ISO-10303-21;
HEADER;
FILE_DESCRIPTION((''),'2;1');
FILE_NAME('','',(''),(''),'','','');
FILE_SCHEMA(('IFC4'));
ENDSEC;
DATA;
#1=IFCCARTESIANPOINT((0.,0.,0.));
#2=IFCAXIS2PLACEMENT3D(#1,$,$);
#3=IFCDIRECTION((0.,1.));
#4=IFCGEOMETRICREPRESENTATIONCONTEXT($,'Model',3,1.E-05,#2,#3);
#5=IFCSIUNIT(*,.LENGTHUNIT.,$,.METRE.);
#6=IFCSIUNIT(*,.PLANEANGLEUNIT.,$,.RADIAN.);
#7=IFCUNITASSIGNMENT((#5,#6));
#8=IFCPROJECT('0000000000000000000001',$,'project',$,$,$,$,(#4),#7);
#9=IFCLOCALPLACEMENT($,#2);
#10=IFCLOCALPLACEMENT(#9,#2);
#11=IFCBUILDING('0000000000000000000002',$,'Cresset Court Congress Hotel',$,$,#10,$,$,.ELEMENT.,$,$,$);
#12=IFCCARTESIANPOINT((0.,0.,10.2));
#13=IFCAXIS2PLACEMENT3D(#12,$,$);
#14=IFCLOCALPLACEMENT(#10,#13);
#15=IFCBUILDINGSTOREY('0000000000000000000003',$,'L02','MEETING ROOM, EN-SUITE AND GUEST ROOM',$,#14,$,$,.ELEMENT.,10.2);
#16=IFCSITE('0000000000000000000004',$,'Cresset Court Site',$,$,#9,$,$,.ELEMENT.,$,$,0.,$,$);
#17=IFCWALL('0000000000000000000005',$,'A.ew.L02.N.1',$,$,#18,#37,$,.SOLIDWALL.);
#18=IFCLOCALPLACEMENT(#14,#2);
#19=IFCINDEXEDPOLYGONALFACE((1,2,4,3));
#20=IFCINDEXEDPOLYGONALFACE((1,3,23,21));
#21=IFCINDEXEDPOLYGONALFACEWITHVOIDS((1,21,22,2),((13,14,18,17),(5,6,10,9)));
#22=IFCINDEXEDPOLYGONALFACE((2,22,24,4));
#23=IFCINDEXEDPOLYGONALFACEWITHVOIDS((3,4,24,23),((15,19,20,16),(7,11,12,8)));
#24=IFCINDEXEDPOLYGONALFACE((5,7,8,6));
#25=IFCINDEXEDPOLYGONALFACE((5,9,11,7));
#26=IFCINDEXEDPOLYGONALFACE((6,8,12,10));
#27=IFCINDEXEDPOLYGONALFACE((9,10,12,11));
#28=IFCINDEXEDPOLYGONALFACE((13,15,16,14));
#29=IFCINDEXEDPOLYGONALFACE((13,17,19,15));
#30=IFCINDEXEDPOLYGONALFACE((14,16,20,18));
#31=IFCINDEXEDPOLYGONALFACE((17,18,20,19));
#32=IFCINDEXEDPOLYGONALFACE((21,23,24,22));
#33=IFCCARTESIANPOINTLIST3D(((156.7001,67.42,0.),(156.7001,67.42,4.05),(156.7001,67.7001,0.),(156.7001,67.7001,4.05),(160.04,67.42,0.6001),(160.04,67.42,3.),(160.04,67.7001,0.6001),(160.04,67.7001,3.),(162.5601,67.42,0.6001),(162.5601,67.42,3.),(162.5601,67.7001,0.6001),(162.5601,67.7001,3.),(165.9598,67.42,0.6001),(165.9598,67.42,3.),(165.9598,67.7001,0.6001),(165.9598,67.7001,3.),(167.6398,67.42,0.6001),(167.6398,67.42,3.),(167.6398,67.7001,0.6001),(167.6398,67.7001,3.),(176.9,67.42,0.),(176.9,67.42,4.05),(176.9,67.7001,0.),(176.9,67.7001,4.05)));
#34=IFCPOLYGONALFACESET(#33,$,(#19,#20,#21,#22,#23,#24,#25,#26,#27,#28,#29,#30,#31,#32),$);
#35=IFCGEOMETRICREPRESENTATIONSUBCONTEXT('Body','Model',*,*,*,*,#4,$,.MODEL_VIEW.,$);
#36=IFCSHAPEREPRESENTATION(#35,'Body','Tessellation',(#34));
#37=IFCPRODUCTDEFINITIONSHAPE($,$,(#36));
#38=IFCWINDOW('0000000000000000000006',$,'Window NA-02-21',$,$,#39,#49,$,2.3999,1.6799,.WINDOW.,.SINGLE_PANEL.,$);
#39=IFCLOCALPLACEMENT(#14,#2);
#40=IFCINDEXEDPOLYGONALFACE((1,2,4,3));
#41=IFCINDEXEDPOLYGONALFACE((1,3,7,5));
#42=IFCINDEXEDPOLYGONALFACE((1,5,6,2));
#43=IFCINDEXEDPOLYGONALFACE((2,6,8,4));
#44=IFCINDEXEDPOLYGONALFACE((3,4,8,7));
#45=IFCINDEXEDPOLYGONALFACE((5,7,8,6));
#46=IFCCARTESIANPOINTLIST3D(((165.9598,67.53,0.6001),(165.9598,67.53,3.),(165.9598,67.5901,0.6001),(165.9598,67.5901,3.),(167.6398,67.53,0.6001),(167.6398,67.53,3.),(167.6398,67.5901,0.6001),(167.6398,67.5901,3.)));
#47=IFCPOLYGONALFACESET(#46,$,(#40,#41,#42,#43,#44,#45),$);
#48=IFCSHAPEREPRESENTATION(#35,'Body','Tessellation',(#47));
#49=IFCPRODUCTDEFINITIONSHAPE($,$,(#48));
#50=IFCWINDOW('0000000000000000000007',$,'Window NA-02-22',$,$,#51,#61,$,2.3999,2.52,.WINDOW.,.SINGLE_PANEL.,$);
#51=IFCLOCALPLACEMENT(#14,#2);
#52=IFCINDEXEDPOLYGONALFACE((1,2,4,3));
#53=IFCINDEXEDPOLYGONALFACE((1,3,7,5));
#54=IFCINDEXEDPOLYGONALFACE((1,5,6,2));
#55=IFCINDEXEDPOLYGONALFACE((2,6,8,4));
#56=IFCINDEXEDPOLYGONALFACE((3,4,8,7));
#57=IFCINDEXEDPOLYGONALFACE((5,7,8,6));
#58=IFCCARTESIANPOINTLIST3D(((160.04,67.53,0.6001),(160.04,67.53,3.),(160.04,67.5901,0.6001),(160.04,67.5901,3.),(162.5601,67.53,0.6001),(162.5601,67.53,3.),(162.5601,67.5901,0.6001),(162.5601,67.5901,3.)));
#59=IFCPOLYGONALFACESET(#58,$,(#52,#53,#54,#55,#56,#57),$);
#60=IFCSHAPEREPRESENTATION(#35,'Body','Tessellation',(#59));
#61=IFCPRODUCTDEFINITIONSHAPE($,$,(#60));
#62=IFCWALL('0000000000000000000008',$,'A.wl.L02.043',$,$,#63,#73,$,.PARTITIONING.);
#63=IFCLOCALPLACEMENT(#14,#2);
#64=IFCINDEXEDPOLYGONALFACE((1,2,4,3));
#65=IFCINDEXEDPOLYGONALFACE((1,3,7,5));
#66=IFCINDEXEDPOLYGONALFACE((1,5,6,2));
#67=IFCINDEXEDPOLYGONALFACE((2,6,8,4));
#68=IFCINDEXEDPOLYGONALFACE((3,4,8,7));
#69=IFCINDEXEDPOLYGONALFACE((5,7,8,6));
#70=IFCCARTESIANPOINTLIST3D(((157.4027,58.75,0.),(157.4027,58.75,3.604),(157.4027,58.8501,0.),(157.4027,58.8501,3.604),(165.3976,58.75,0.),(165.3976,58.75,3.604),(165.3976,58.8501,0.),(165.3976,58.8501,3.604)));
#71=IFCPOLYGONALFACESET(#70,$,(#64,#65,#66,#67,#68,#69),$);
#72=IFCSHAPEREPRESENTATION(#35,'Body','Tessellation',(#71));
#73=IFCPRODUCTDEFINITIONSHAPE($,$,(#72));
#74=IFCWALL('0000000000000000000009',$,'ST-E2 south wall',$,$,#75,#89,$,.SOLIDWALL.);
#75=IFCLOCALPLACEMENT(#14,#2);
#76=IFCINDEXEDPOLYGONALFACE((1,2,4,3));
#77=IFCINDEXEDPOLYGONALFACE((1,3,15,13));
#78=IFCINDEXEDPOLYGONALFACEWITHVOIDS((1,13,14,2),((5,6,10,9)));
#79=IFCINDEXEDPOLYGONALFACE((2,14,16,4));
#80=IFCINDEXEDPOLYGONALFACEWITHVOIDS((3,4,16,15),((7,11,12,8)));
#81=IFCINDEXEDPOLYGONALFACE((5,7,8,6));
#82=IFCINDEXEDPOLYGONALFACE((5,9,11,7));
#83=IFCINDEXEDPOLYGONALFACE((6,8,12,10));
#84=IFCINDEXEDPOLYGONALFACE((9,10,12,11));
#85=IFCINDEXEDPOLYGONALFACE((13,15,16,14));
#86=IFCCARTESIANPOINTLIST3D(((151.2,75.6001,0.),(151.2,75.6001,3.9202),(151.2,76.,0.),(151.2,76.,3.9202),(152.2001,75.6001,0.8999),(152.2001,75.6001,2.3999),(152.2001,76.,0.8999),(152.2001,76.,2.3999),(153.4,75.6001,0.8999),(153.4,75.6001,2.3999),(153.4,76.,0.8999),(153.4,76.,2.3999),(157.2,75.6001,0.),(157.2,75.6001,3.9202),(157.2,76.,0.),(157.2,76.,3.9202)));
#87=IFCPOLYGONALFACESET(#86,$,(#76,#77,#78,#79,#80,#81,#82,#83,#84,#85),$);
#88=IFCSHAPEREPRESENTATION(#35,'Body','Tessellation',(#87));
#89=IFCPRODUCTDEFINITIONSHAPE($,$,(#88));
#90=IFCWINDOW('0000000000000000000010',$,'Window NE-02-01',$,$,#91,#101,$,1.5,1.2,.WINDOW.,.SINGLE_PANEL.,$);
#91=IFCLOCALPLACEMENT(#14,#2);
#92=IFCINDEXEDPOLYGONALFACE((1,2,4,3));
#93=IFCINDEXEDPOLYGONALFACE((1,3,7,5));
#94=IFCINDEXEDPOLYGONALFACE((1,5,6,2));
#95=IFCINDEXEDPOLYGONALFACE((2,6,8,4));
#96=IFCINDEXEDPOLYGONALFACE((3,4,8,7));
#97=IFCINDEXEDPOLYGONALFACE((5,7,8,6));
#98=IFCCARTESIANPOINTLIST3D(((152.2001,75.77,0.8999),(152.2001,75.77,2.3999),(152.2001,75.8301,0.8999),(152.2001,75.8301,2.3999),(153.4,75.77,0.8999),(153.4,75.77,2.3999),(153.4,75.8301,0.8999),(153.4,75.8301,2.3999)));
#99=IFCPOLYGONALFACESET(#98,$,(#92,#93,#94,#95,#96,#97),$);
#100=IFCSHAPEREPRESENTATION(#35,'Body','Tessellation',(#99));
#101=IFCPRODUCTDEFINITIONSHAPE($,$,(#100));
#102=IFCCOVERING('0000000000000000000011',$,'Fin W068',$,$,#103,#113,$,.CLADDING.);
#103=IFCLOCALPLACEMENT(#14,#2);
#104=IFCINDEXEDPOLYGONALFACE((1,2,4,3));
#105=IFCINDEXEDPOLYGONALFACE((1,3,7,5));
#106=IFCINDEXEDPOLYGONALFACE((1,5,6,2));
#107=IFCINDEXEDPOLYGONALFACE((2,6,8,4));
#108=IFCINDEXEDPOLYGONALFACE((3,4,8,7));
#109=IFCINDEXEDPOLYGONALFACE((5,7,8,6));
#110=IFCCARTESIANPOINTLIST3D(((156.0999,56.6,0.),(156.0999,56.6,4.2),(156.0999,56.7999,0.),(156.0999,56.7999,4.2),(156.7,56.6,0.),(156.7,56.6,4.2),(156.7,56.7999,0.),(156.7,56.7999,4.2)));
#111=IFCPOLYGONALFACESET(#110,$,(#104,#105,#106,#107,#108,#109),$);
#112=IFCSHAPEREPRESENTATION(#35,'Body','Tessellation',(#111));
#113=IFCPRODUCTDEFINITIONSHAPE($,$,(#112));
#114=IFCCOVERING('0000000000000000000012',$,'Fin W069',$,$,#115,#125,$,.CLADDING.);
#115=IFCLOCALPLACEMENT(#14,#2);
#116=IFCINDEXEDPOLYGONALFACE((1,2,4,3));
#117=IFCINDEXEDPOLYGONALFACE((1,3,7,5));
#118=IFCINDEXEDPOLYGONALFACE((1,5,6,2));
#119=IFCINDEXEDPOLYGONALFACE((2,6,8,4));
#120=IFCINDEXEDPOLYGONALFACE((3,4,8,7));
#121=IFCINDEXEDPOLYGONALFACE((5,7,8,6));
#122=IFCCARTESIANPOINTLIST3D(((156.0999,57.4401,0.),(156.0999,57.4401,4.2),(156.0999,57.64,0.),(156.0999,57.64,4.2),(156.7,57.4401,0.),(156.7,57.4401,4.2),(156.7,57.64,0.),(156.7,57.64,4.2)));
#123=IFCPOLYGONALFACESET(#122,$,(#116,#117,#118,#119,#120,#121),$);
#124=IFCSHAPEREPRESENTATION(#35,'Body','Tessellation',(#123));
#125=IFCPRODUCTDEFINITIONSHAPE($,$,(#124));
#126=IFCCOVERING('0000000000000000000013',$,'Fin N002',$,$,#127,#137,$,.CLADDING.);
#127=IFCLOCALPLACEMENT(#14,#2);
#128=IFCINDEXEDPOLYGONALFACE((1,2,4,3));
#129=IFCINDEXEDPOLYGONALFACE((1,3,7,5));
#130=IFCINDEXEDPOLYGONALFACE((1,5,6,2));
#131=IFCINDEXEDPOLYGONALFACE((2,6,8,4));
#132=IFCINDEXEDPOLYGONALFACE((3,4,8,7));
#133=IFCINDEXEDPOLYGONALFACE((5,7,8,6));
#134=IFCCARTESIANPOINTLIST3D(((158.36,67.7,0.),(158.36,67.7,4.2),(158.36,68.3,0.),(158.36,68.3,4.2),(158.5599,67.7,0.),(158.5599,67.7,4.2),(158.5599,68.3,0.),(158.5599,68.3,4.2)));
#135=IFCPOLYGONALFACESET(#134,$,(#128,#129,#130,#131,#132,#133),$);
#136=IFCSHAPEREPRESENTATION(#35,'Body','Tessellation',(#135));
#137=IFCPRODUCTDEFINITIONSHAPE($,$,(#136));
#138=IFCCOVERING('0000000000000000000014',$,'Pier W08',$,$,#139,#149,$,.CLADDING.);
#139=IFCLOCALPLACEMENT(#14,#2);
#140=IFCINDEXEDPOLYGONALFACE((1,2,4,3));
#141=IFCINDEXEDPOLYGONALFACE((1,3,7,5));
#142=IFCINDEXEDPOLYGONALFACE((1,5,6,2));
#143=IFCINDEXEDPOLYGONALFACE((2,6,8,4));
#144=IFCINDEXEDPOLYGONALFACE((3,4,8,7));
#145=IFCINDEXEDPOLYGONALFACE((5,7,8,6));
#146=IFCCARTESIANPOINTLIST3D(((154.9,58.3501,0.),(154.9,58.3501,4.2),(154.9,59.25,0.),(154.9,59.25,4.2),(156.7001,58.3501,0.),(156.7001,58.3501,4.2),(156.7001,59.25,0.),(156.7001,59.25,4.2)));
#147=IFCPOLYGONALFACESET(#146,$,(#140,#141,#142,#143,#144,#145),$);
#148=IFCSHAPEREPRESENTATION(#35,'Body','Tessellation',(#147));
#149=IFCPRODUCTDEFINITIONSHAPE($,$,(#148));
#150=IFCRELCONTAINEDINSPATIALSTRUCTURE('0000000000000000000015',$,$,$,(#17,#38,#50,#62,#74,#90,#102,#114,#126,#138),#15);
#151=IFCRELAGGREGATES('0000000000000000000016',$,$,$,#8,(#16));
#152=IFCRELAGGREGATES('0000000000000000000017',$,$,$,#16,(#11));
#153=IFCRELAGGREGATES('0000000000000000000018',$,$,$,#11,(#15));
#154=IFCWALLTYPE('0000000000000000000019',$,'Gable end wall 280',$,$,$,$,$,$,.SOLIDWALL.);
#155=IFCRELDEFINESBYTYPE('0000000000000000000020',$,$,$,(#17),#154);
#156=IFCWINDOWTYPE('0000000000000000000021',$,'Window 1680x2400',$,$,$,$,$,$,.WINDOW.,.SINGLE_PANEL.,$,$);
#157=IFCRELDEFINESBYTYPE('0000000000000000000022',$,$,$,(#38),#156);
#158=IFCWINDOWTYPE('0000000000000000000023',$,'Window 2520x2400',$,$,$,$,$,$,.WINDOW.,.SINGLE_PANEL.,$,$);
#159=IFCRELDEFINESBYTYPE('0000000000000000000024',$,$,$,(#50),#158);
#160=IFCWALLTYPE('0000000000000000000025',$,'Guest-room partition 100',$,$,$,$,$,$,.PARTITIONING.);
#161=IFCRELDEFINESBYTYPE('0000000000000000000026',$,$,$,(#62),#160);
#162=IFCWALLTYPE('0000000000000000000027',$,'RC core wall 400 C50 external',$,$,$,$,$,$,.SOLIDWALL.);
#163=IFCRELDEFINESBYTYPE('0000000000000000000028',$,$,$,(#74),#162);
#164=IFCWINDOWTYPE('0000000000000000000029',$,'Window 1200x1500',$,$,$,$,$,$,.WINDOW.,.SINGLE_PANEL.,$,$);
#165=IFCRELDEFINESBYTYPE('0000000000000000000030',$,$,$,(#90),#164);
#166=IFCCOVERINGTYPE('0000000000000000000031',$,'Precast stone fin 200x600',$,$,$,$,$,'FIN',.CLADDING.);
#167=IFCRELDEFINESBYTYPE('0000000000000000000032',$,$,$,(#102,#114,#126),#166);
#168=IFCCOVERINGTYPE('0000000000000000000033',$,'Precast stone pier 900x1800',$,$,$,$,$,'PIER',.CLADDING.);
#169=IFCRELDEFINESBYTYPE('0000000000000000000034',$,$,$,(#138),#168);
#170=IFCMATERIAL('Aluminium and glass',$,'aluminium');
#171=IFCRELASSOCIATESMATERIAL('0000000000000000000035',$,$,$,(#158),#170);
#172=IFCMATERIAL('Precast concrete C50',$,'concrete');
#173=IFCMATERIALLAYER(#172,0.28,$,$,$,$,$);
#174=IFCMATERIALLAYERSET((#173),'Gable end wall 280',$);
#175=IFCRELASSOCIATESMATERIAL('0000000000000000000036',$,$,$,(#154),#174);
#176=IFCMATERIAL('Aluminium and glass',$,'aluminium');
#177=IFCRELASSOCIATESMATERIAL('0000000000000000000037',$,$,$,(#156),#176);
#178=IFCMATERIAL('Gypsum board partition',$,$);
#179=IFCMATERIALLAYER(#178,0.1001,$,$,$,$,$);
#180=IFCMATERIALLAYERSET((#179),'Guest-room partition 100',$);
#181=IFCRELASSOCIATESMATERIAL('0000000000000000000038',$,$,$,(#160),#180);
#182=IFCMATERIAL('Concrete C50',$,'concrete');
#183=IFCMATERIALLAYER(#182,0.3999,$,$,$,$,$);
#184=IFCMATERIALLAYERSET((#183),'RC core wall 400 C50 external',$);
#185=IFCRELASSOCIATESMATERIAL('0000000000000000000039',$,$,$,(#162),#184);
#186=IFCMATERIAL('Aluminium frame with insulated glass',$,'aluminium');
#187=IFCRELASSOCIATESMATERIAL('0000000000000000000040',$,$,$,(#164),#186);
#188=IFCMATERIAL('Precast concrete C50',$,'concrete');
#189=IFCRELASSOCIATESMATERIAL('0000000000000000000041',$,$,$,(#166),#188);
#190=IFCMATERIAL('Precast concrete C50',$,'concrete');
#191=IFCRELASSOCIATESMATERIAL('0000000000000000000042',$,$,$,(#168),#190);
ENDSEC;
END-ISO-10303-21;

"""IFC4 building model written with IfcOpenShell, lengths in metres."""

from ifc_helpers import new_model, si_unit, direction, frame, frame_2d, origin, origin_2d, place, context, subcontext, project, spatial, rectangle, extrude, material, layer, layer_set, type_object, element, fill, save


model = new_model("IFC4")

# Units and contexts
model_context = context("Model", 3, precision=1e-05, world=origin(), true_north=direction((0.0, 1.0)))
body_context = subcontext(model_context, "Body", "Model", "MODEL_VIEW")
ifc_project = project(units=[si_unit("LENGTHUNIT", "METRE"), si_unit("PLANEANGLEUNIT", "RADIAN")], contexts=[model_context])

# Site, building, storey
site_placement = place(None, origin())
site = spatial("IfcSite", under=ifc_project, at=site_placement, Name="Cresset Court Site", CompositionType="ELEMENT", RefElevation=0.0)
building_placement = place(site_placement, origin())
building = spatial("IfcBuilding", under=site, at=building_placement, Name="Cresset Court Congress Hotel", CompositionType="ELEMENT")
storey_placement = place(building_placement, frame((0.0, 0.0, 10.2)))
storey = spatial("IfcBuildingStorey", under=building, at=storey_placement, Name="L02", Description="MEETING ROOM, EN-SUITE AND GUEST ROOM", CompositionType="ELEMENT", Elevation=10.2)

# Shared definitions
ifc_material_1 = material(Name="Aluminium and glass", Category="aluminium")
window_type_1 = type_object("IfcWindowType", Name="Window 2520x2400", PartitioningType="SINGLE_PANEL", PredefinedType="WINDOW", material=ifc_material_1)

# Wall, openings, windows
ifc_material_2 = material(Name="Precast concrete C50", Category="concrete")
ifc_layer_1 = layer(ifc_material_2, 0.28)
ifc_layer_set_1 = layer_set([ifc_layer_1], Name="Gable end wall 280")
wall_type_1 = type_object("IfcWallType", Name="Gable end wall 280", PredefinedType="SOLIDWALL", material=ifc_layer_set_1)
wall_1_placement = place(storey_placement, frame((156.7, 67.5601, 0.0), z_axis=(0.0, 0.0, 1.0), x_axis=(1.0, 0.0, 0.0)))
wall_1 = element("IfcWall", 1, at=wall_1_placement, inside=storey, type_object=wall_type_1, Name="A.ew.L02.N.1", PredefinedType="SOLIDWALL", context=body_context, shape_type="SweptSolid", body=[
    extrude(rectangle(XDim=20.2, YDim=0.28, at=frame_2d((10.1001, 0.0))), origin(), (0.0, 0.0, 1.0), 4.05),
])
opening_1_placement = place(wall_1_placement, frame((9.26, 0.0, 0.6001)))
opening_1 = element("IfcOpeningElement", 2, at=opening_1_placement, cuts=wall_1, PredefinedType="OPENING", context=body_context, shape_type="SweptSolid", body=[
    extrude(rectangle(XDim=1.6799, YDim=2.3999, at=frame_2d((0.8398, 1.2))), frame((0.0, 0.1499, 0.0), z_axis=(0.0, -1.0, 0.0), x_axis=(1.0, 0.0, 0.0)), (0.0, 0.0, 1.0), 0.3),
])
opening_2_placement = place(wall_1_placement, frame((3.3401, 0.0, 0.6001)))
opening_2 = element("IfcOpeningElement", 3, at=opening_2_placement, cuts=wall_1, PredefinedType="OPENING", context=body_context, shape_type="SweptSolid", body=[
    extrude(rectangle(XDim=2.52, YDim=2.3999, at=frame_2d((1.26, 1.2))), frame((0.0, 0.1499, 0.0), z_axis=(0.0, -1.0, 0.0), x_axis=(1.0, 0.0, 0.0)), (0.0, 0.0, 1.0), 0.3),
])
ifc_material_3 = material(Name="Aluminium and glass", Category="aluminium")
window_type_2 = type_object("IfcWindowType", Name="Window 1680x2400", PartitioningType="SINGLE_PANEL", PredefinedType="WINDOW", material=ifc_material_3)
window_1_placement = place(opening_1_placement, origin())
window_1 = element("IfcWindow", 4, at=window_1_placement, inside=storey, type_object=window_type_2, Name="Window NA-02-21", OverallHeight=2.3999, OverallWidth=1.6799, PartitioningType="SINGLE_PANEL", PredefinedType="WINDOW", context=body_context, shape_type="SweptSolid", body=[
    extrude(rectangle(XDim=1.6799, YDim=2.3999, at=frame_2d((0.8398, 1.2))), frame((0.0, 0.03, 0.0), z_axis=(0.0, -1.0, 0.0), x_axis=(1.0, 0.0, 0.0)), (0.0, 0.0, 1.0), 0.0601),
])
fill(opening_1, window_1)
window_2_placement = place(opening_2_placement, origin())
window_2 = element("IfcWindow", 5, at=window_2_placement, inside=storey, type_object=window_type_1, Name="Window NA-02-22", OverallHeight=2.3999, OverallWidth=2.52, PartitioningType="SINGLE_PANEL", PredefinedType="WINDOW", context=body_context, shape_type="SweptSolid", body=[
    extrude(rectangle(XDim=2.52, YDim=2.3999, at=frame_2d((1.26, 1.2))), frame((0.0, 0.03, 0.0), z_axis=(0.0, -1.0, 0.0), x_axis=(1.0, 0.0, 0.0)), (0.0, 0.0, 1.0), 0.0601),
])
fill(opening_2, window_2)

# Wall
ifc_material_4 = material(Name="Gypsum board partition")
ifc_layer_2 = layer(ifc_material_4, 0.1001)
ifc_layer_set_2 = layer_set([ifc_layer_2], Name="Guest-room partition 100")
wall_type_2 = type_object("IfcWallType", Name="Guest-room partition 100", PredefinedType="PARTITIONING", material=ifc_layer_set_2)
wall_2_placement = place(storey_placement, frame((157.4026, 58.8, 0.0), z_axis=(0.0, 0.0, 1.0), x_axis=(1.0, 0.0, 0.0)))
element("IfcWall", 6, at=wall_2_placement, inside=storey, type_object=wall_type_2, Name="A.wl.L02.043", PredefinedType="PARTITIONING", context=body_context, shape_type="SweptSolid", body=[
    extrude(rectangle(XDim=7.9949, YDim=0.1001, at=frame_2d((3.9976, 0.0))), origin(), (0.0, 0.0, 1.0), 3.604),
])

# Wall, opening, window
ifc_material_5 = material(Name="Concrete C50", Category="concrete")
ifc_layer_3 = layer(ifc_material_5, 0.3999)
ifc_layer_set_3 = layer_set([ifc_layer_3], Name="RC core wall 400 C50 external")
wall_type_3 = type_object("IfcWallType", Name="RC core wall 400 C50 external", PredefinedType="SOLIDWALL", material=ifc_layer_set_3)
wall_3_placement = place(storey_placement, frame((151.2, 75.8, 0.0), z_axis=(0.0, 0.0, 1.0), x_axis=(1.0, 0.0, 0.0)))
wall_3 = element("IfcWall", 7, at=wall_3_placement, inside=storey, type_object=wall_type_3, Name="ST-E2 south wall", PredefinedType="SOLIDWALL", context=body_context, shape_type="SweptSolid", body=[
    extrude(rectangle(XDim=6.0, YDim=0.3999, at=frame_2d((3.0, 0.0))), origin(), (0.0, 0.0, 1.0), 3.9202),
])
opening_3_placement = place(wall_3_placement, frame((1.0, 0.0, 0.8999)))
opening_3 = element("IfcOpeningElement", 8, at=opening_3_placement, cuts=wall_3, PredefinedType="OPENING", context=body_context, shape_type="SweptSolid", body=[
    extrude(rectangle(XDim=1.2, YDim=1.5, at=frame_2d((0.6001, 0.75))), frame((0.0, 0.21, 0.0), z_axis=(0.0, -1.0, 0.0), x_axis=(1.0, 0.0, 0.0)), (0.0, 0.0, 1.0), 0.4199),
])
ifc_material_6 = material(Name="Aluminium frame with insulated glass", Category="aluminium")
window_type_3 = type_object("IfcWindowType", Name="Window 1200x1500", PartitioningType="SINGLE_PANEL", PredefinedType="WINDOW", material=ifc_material_6)
window_3_placement = place(opening_3_placement, origin())
window_3 = element("IfcWindow", 9, at=window_3_placement, inside=storey, type_object=window_type_3, Name="Window NE-02-01", OverallHeight=1.5, OverallWidth=1.2, PartitioningType="SINGLE_PANEL", PredefinedType="WINDOW", context=body_context, shape_type="SweptSolid", body=[
    extrude(rectangle(XDim=1.2, YDim=1.5, at=frame_2d((0.6001, 0.75))), frame((0.0, 0.03, 0.0), z_axis=(0.0, -1.0, 0.0), x_axis=(1.0, 0.0, 0.0)), (0.0, 0.0, 1.0), 0.0601),
])
fill(opening_3, window_3)

# Coverings
ifc_material_7 = material(Name="Precast concrete C50", Category="concrete")
covering_type_1 = type_object("IfcCoveringType", Name="Precast stone fin 200x600", ElementType="FIN", PredefinedType="CLADDING", material=ifc_material_7)
for number, where, z_axis, x_axis, name in (
    (10, (156.3999, 56.7, 0.0), (0.0, 0.0, 1.0), (1.0, 0.0, 0.0), "Fin W068"),
    (11, (156.3999, 57.54, 0.0), (0.0, 0.0, 1.0), (1.0, 0.0, 0.0), "Fin W069"),
):
    element("IfcCovering", number, at=place(storey_placement, frame(where, z_axis=z_axis, x_axis=x_axis)), inside=storey, type_object=covering_type_1, Name=name, PredefinedType="CLADDING", context=body_context, shape_type="SweptSolid", body=[
        extrude(rectangle(XDim=0.6001, YDim=0.2, at=origin_2d()), origin(), (0.0, 0.0, 1.0), 4.2),
    ])
covering_1_placement = place(storey_placement, frame((158.46, 68.0, 0.0), z_axis=(0.0, 0.0, 1.0), x_axis=(1.0, 0.0, 0.0)))
element("IfcCovering", 12, at=covering_1_placement, inside=storey, type_object=covering_type_1, Name="Fin N002", PredefinedType="CLADDING", context=body_context, shape_type="SweptSolid", body=[
    extrude(rectangle(XDim=0.2, YDim=0.6001, at=origin_2d()), origin(), (0.0, 0.0, 1.0), 4.2),
])
ifc_material_8 = material(Name="Precast concrete C50", Category="concrete")
covering_type_2 = type_object("IfcCoveringType", Name="Precast stone pier 900x1800", ElementType="PIER", PredefinedType="CLADDING", material=ifc_material_8)
covering_2_placement = place(storey_placement, frame((155.8, 58.8, 0.0), z_axis=(0.0, 0.0, 1.0), x_axis=(1.0, 0.0, 0.0)))
element("IfcCovering", 13, at=covering_2_placement, inside=storey, type_object=covering_type_2, Name="Pier W08", PredefinedType="CLADDING", context=body_context, shape_type="SweptSolid", body=[
    extrude(rectangle(XDim=1.8, YDim=0.8999, at=origin_2d()), origin(), (0.0, 0.0, 1.0), 4.2),
])

save(model, "model.ifc")
